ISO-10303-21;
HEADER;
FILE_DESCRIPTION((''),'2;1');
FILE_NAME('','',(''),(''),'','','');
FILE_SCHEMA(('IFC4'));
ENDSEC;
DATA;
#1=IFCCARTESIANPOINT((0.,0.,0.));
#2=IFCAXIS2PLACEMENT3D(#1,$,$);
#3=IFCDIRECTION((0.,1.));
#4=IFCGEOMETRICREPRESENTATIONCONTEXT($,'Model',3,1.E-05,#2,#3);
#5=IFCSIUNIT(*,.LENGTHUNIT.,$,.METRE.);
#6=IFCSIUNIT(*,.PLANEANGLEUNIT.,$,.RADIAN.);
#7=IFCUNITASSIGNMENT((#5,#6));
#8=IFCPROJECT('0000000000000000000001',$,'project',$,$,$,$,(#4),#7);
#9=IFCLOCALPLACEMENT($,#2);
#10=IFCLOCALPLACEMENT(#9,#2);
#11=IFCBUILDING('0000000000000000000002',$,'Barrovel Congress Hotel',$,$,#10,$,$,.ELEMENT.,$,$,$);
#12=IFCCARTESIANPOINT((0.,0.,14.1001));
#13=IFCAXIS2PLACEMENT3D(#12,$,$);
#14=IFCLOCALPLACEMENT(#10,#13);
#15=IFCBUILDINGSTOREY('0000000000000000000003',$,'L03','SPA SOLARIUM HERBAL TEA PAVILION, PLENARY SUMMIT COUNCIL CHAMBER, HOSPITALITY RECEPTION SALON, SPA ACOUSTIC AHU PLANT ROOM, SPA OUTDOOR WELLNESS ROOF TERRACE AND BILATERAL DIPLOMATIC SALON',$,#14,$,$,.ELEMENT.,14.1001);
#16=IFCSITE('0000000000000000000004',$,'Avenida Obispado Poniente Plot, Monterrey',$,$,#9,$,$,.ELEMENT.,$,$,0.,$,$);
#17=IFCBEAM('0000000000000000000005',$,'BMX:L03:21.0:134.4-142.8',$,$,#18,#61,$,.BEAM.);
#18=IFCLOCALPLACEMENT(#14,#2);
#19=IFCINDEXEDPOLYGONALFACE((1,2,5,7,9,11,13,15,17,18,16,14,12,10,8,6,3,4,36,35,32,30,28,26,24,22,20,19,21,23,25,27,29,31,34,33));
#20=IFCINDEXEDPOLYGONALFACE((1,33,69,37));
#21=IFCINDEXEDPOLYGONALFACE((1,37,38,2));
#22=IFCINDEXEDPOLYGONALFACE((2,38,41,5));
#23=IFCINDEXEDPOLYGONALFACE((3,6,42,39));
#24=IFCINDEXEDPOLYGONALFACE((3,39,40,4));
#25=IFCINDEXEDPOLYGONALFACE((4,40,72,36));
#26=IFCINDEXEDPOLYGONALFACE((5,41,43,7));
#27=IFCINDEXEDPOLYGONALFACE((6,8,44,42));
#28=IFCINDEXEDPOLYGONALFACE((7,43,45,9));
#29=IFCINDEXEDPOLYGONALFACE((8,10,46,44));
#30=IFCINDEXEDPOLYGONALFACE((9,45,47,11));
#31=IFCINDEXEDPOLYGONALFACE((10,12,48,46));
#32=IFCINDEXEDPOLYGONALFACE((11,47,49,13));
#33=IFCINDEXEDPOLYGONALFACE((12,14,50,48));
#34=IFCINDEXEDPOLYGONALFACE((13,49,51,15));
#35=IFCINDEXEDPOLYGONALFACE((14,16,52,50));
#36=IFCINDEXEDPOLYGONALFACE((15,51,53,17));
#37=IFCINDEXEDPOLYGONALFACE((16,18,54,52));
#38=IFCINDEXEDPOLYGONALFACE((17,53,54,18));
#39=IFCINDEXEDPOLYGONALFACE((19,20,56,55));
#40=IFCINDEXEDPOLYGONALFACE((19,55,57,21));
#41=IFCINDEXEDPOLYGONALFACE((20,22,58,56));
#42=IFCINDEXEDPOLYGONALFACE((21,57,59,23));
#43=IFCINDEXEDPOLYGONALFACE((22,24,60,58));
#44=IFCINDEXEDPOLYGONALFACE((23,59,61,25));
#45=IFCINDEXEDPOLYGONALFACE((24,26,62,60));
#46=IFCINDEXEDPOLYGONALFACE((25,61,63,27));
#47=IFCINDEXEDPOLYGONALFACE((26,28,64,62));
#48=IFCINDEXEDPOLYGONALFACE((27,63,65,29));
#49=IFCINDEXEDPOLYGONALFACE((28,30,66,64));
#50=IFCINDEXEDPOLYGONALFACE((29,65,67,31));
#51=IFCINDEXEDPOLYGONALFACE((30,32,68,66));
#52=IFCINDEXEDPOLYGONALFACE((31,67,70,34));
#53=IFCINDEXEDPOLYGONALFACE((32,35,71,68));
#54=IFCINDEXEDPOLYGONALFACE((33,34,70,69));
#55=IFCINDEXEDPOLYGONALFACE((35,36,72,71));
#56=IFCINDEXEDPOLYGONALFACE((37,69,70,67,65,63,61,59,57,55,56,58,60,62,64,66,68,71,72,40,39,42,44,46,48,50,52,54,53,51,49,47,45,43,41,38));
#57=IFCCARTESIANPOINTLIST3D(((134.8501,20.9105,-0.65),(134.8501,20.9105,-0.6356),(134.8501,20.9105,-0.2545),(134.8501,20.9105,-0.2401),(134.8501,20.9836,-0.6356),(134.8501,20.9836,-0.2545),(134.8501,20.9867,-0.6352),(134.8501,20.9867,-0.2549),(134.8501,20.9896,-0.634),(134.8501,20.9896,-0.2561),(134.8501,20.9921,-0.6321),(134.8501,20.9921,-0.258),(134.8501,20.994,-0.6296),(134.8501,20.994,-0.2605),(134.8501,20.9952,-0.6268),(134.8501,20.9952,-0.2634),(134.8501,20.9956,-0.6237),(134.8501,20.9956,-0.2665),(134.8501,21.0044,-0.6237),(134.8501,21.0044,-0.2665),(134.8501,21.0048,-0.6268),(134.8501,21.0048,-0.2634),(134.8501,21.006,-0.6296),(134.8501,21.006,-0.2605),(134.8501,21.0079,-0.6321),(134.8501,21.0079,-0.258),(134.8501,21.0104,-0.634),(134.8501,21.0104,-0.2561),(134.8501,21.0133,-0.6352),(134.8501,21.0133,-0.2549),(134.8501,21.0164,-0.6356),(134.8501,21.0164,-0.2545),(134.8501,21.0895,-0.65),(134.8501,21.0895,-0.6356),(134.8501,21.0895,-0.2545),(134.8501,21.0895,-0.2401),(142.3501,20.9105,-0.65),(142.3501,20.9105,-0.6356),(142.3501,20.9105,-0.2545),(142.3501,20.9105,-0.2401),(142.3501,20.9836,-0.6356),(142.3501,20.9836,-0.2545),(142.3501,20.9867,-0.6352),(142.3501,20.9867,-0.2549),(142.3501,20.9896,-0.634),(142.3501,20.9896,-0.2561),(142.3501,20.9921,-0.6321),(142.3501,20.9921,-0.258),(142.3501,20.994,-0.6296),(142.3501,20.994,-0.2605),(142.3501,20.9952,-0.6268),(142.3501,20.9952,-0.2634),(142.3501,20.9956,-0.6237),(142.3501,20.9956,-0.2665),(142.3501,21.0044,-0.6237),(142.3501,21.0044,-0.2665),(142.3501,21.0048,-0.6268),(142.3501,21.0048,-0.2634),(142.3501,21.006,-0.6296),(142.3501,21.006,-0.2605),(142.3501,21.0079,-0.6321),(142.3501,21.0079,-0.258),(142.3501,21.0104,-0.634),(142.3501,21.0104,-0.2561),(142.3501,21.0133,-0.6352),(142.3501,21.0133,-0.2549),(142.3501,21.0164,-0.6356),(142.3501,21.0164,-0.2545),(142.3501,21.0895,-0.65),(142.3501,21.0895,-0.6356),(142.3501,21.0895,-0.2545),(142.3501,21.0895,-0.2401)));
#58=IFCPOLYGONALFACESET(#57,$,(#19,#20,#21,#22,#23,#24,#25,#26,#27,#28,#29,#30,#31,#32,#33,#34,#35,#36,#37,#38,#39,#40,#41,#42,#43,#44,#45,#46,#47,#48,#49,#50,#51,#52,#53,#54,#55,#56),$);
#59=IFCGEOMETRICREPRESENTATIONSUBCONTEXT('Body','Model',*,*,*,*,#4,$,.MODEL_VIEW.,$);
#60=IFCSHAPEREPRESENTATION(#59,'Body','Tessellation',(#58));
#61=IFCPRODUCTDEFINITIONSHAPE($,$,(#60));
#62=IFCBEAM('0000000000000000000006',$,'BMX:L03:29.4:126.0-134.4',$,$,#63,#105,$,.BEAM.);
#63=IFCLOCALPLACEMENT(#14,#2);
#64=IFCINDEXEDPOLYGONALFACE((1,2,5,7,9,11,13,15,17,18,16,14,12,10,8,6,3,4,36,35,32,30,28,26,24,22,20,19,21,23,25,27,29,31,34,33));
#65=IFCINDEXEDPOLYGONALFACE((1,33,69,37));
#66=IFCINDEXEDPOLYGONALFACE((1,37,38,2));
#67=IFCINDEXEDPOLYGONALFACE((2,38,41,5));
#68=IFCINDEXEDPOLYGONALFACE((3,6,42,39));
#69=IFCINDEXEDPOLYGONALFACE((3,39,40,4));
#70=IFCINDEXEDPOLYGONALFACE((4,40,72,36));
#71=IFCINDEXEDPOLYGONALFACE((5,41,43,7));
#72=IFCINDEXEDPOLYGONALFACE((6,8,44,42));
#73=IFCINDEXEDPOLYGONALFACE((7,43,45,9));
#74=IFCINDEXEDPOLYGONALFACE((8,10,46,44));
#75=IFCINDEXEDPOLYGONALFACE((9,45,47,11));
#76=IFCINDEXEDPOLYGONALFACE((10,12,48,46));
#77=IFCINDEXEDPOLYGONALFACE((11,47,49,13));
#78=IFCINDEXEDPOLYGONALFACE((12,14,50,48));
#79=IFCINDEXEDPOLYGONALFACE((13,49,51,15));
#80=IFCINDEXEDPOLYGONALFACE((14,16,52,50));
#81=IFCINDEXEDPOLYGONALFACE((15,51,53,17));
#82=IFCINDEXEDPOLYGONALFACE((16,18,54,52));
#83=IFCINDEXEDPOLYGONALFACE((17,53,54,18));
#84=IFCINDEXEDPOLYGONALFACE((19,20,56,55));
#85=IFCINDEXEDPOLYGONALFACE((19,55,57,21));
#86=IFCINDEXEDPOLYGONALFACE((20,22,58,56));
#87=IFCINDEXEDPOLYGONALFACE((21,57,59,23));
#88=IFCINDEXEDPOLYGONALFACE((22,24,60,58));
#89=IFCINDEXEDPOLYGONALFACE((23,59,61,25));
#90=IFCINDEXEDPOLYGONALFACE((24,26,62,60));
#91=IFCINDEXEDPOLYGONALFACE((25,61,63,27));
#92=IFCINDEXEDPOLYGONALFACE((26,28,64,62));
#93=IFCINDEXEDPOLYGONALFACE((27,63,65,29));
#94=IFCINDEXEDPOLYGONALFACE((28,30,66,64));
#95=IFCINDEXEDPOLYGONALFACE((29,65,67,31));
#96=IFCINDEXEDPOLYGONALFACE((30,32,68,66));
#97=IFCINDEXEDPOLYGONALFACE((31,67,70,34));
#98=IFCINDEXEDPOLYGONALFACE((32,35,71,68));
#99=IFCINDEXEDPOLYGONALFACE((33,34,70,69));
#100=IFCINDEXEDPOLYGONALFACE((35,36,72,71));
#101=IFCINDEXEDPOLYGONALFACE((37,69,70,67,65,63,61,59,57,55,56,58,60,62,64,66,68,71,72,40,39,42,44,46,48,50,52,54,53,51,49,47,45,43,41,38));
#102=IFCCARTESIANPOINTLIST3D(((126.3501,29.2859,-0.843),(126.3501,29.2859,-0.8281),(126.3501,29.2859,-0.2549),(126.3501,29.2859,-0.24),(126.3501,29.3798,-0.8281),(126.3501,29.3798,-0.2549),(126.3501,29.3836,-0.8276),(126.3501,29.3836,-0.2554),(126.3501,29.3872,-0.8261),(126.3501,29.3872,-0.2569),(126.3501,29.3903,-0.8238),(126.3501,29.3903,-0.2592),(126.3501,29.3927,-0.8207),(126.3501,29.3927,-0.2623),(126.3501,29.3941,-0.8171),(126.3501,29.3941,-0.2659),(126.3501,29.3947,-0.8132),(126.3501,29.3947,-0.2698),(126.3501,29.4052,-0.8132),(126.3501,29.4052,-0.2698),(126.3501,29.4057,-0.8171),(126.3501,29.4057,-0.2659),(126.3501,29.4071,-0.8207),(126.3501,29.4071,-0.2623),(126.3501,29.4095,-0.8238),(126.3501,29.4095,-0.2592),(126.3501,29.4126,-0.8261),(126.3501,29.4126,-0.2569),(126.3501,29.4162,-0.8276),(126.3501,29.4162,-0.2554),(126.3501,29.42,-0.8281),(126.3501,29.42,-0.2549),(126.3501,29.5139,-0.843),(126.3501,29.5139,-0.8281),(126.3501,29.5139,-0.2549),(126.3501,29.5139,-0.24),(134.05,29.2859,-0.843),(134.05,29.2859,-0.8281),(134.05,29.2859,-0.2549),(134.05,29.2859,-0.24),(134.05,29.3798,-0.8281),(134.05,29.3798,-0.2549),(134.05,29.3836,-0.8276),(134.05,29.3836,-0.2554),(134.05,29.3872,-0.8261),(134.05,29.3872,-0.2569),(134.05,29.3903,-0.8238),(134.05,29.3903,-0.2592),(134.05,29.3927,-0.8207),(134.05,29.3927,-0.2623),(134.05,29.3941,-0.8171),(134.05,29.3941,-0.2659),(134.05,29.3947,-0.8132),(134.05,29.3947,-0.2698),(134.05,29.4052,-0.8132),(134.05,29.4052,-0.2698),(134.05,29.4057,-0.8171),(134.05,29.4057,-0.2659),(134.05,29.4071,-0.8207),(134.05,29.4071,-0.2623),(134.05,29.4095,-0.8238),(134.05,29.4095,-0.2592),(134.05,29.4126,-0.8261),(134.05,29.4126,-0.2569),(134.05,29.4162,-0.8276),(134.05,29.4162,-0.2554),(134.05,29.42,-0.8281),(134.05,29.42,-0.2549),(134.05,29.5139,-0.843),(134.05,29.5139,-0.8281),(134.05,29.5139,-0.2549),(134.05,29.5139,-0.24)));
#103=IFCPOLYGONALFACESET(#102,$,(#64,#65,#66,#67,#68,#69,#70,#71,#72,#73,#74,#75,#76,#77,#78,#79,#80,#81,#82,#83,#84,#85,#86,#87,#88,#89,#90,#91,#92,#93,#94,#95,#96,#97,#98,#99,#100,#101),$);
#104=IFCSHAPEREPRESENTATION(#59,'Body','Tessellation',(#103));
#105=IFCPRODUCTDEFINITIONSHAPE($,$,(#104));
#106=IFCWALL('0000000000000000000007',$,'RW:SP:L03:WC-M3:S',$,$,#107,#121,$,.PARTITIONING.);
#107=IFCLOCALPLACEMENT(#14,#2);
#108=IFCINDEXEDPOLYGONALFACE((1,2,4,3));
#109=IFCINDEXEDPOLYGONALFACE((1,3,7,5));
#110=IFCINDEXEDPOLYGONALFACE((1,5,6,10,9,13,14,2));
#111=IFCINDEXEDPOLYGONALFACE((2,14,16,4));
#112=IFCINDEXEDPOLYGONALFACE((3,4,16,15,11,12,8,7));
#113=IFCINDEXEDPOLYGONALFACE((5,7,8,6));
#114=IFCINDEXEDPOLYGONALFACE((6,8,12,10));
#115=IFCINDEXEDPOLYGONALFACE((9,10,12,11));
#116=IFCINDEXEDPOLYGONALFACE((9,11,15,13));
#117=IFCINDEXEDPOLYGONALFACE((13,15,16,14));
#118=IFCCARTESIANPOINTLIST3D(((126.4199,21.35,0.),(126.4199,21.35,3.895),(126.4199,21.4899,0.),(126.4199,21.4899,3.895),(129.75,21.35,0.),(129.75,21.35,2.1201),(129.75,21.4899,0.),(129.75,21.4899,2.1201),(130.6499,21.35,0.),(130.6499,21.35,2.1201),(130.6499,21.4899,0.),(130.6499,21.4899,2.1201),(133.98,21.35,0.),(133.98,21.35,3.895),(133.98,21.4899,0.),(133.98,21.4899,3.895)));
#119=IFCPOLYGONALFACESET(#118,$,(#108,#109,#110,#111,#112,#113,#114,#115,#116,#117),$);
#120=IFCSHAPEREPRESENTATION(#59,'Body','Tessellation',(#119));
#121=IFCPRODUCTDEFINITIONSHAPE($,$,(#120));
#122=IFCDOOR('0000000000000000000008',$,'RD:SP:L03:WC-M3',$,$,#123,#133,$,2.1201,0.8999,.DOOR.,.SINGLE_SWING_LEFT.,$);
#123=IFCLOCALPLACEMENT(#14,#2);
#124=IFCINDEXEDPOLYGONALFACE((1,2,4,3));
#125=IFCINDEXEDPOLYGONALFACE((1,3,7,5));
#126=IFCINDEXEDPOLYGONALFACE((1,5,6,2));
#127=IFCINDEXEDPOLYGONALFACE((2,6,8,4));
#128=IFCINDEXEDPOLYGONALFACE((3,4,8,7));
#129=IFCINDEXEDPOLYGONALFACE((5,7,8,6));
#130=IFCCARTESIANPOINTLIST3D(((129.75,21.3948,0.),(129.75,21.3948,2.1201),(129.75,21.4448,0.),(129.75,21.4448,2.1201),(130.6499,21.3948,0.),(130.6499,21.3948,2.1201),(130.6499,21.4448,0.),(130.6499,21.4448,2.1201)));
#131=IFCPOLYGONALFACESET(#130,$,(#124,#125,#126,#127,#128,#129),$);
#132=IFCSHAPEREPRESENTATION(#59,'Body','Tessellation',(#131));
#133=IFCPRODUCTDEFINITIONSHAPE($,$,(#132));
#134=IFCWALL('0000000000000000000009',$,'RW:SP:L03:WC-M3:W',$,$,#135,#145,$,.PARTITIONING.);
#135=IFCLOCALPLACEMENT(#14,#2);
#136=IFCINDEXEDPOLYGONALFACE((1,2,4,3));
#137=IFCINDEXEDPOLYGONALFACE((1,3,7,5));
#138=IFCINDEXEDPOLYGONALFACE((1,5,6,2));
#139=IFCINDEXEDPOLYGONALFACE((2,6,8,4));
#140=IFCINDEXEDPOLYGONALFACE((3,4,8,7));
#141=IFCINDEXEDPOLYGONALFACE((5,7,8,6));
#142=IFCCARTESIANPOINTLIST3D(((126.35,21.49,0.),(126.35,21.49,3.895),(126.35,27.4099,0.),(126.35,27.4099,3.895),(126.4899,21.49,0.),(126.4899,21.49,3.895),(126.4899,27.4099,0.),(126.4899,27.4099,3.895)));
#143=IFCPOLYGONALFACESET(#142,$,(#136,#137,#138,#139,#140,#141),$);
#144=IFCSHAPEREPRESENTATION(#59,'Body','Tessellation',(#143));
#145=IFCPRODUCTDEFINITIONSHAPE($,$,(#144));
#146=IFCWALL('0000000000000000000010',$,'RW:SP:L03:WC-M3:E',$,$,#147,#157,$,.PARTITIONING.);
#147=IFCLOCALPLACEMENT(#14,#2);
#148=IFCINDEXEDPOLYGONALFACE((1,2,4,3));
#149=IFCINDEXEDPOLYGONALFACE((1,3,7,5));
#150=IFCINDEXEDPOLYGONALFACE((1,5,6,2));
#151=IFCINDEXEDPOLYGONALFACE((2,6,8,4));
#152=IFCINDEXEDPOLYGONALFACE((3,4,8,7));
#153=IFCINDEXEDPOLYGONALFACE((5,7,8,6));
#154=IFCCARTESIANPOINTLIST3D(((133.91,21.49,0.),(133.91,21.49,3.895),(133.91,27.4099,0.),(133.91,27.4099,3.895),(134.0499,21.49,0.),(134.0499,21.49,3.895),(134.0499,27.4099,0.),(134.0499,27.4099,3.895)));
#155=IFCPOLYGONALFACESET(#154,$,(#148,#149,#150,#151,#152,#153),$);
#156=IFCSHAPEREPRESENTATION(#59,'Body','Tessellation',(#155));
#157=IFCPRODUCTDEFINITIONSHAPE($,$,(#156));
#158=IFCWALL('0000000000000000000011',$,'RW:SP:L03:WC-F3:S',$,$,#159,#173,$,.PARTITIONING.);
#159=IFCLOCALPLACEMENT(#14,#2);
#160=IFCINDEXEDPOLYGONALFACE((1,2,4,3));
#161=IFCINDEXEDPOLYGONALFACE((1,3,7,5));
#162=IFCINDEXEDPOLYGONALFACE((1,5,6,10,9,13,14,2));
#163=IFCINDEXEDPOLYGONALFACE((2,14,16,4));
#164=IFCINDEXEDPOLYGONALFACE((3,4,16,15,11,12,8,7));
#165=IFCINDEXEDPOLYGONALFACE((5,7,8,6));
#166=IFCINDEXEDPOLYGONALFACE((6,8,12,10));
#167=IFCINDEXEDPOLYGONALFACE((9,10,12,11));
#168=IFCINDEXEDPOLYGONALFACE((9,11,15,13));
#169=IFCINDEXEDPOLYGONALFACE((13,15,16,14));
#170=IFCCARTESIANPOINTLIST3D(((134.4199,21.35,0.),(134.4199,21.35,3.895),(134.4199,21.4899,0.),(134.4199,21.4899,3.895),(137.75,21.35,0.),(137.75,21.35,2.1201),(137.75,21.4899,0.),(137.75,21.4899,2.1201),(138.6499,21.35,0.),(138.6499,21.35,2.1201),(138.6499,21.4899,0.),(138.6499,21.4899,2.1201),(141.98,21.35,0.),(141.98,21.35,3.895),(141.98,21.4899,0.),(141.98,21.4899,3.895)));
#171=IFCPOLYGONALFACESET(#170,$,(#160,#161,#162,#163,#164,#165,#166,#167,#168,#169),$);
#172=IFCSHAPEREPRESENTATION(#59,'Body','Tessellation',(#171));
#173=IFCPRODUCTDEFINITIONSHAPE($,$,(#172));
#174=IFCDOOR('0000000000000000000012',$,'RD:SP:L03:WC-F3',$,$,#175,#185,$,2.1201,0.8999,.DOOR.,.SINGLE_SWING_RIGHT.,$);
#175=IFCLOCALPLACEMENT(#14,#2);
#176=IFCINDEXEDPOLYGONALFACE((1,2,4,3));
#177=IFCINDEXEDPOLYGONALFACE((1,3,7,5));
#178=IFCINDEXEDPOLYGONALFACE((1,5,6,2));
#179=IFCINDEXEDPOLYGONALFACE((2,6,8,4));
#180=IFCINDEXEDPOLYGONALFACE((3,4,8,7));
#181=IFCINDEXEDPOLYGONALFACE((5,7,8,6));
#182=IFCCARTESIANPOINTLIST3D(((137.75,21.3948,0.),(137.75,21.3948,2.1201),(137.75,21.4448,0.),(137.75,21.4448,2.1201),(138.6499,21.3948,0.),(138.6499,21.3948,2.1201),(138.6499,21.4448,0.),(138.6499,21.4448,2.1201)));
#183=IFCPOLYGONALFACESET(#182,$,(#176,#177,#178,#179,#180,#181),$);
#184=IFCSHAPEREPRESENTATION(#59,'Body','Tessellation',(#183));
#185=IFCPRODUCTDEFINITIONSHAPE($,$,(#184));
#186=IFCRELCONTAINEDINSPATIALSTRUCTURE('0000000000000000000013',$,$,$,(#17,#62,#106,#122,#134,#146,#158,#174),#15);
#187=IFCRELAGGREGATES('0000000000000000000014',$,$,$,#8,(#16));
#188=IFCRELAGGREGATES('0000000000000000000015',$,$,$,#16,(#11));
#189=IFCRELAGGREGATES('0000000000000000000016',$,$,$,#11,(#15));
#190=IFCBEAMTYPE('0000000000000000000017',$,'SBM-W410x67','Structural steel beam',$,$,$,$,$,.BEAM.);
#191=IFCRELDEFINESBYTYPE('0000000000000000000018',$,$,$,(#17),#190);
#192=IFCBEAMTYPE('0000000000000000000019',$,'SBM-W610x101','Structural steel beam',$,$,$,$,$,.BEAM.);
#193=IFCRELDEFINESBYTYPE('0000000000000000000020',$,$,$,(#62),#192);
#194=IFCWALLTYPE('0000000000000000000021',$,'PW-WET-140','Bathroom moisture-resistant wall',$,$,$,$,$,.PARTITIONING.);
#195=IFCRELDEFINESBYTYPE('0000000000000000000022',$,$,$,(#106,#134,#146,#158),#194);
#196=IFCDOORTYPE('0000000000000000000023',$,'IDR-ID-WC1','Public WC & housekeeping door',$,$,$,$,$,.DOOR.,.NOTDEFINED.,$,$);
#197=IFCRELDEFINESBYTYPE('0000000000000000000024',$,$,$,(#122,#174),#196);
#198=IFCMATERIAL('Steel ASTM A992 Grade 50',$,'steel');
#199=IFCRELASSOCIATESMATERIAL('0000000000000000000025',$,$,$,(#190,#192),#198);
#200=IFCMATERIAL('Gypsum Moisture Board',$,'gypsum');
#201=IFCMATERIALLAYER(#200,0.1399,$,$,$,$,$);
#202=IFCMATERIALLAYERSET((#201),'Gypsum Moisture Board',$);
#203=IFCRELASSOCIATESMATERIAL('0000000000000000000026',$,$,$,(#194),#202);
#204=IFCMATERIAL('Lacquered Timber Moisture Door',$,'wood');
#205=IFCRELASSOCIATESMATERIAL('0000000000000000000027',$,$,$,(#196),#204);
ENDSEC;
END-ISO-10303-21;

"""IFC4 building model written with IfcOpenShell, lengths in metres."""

from ifc_helpers import new_model, si_unit, direction, frame, frame_2d, origin, origin_2d, place, context, subcontext, project, spatial, rectangle, i_section, extrude, material, layer, layer_set, material_profile, profile_set, type_object, element, fill, save


model = new_model("IFC4")

# Units and contexts
model_context = context("Model", 3, precision=1e-05, world=origin(), true_north=direction((0.0, 1.0)))
body_context = subcontext(model_context, "Body", "Model", "MODEL_VIEW")
ifc_project = project(units=[si_unit("LENGTHUNIT", "METRE"), si_unit("PLANEANGLEUNIT", "RADIAN")], contexts=[model_context])

# Site, building, storey
site_placement = place(None, origin())
site = spatial("IfcSite", under=ifc_project, at=site_placement, Name="Avenida Obispado Poniente Plot, Monterrey", CompositionType="ELEMENT", RefElevation=0.0)
building_placement = place(site_placement, origin())
building = spatial("IfcBuilding", under=site, at=building_placement, Name="Barrovel Congress Hotel", CompositionType="ELEMENT")
storey_placement = place(building_placement, frame((0.0, 0.0, 14.1001)))
storey = spatial("IfcBuildingStorey", under=building, at=storey_placement, Name="L03", Description="SPA SOLARIUM HERBAL TEA PAVILION, PLENARY SUMMIT COUNCIL CHAMBER, HOSPITALITY RECEPTION SALON, SPA ACOUSTIC AHU PLANT ROOM, SPA OUTDOOR WELLNESS ROOF TERRACE AND BILATERAL DIPLOMATIC SALON", CompositionType="ELEMENT", Elevation=14.1001)

# Beams
ifc_material_1 = material(Name="Steel ASTM A992 Grade 50", Category="steel")
ifc_material_profile_1 = material_profile(ifc_material_1, i_section(OverallWidth=0.179, OverallDepth=0.4099, WebThickness=0.0088, FlangeThickness=0.0144, FilletRadius=0.012, at=origin_2d()), Name="W410x67")
ifc_profile_set_1 = profile_set([ifc_material_profile_1], Name="Steel ASTM A992 Grade 50")
beam_type_1 = type_object("IfcBeamType", Name="SBM-W410x67", Description="Structural steel beam", PredefinedType="BEAM", material=ifc_profile_set_1)
beam_1_placement = place(storey_placement, frame((134.8501, 21.0, -0.4451), z_axis=(1.0, 0.0, 0.0), x_axis=(0.0, 1.0, 0.0)))
element("IfcBeam", 1, at=beam_1_placement, inside=storey, type_object=beam_type_1, Name="BMX:L03:21.0:134.4-142.8", PredefinedType="BEAM", context=body_context, shape_type="SweptSolid", body=[
    extrude(i_section(OverallWidth=0.179, OverallDepth=0.4099, WebThickness=0.0088, FlangeThickness=0.0144, FilletRadius=0.012, at=origin_2d()), origin(), (0.0, 0.0, 1.0), 7.5),
])
ifc_material_profile_2 = material_profile(ifc_material_1, i_section(OverallWidth=0.228, OverallDepth=0.603, WebThickness=0.0105, FlangeThickness=0.0149, FilletRadius=0.0149, at=origin_2d()), Name="W610x101")
ifc_profile_set_2 = profile_set([ifc_material_profile_2], Name="Steel ASTM A992 Grade 50")
beam_type_2 = type_object("IfcBeamType", Name="SBM-W610x101", Description="Structural steel beam", PredefinedType="BEAM", material=ifc_profile_set_2)
beam_2_placement = place(storey_placement, frame((126.3501, 29.3999, -0.5415), z_axis=(1.0, 0.0, 0.0), x_axis=(0.0, 1.0, 0.0)))
element("IfcBeam", 2, at=beam_2_placement, inside=storey, type_object=beam_type_2, Name="BMX:L03:29.4:126.0-134.4", PredefinedType="BEAM", context=body_context, shape_type="SweptSolid", body=[
    extrude(i_section(OverallWidth=0.228, OverallDepth=0.603, WebThickness=0.0105, FlangeThickness=0.0149, FilletRadius=0.0149, at=origin_2d()), origin(), (0.0, 0.0, 1.0), 7.7),
])

# Wall, opening, door
ifc_material_2 = material(Name="Gypsum Moisture Board", Category="gypsum")
ifc_layer = layer(ifc_material_2, 0.1399)
ifc_layer_set = layer_set([ifc_layer], Name="Gypsum Moisture Board")
wall_type = type_object("IfcWallType", Name="PW-WET-140", Description="Bathroom moisture-resistant wall", PredefinedType="PARTITIONING", material=ifc_layer_set)
wall_1_placement = place(storey_placement, frame((126.4199, 21.4199, 0.0), z_axis=(0.0, 0.0, 1.0), x_axis=(1.0, 0.0, 0.0)))
wall_1 = element("IfcWall", 3, at=wall_1_placement, inside=storey, type_object=wall_type, Name="RW:SP:L03:WC-M3:S", PredefinedType="PARTITIONING", context=body_context, shape_type="SweptSolid", body=[
    extrude(rectangle(XDim=7.5601, YDim=0.1399, at=frame_2d((3.78, 0.0))), origin(), (0.0, 0.0, 1.0), 3.895),
])
opening_1_placement = place(wall_1_placement, frame((3.3301, 0.0, 0.0)))
opening_1 = element("IfcOpeningElement", 4, at=opening_1_placement, cuts=wall_1, PredefinedType="OPENING", context=body_context, shape_type="SweptSolid", body=[
    extrude(rectangle(XDim=0.8999, YDim=2.1201, at=frame_2d((0.45, 1.0601))), frame((0.0, 0.0801, 0.0), z_axis=(0.0, -1.0, 0.0), x_axis=(1.0, 0.0, 0.0)), (0.0, 0.0, 1.0), 0.1599),
])
ifc_material_3 = material(Name="Lacquered Timber Moisture Door", Category="wood")
door_type = type_object("IfcDoorType", Name="IDR-ID-WC1", Description="Public WC & housekeeping door", OperationType="NOTDEFINED", PredefinedType="DOOR", material=ifc_material_3)
door_1_placement = place(opening_1_placement, origin())
door_1 = element("IfcDoor", 5, at=door_1_placement, inside=storey, type_object=door_type, Name="RD:SP:L03:WC-M3", OperationType="SINGLE_SWING_LEFT", OverallHeight=2.1201, OverallWidth=0.8999, PredefinedType="DOOR", context=body_context, shape_type="SweptSolid", body=[
    extrude(rectangle(XDim=0.8999, YDim=2.1201, at=frame_2d((0.45, 1.0601))), frame((0.0, 0.0249, 0.0), z_axis=(0.0, -1.0, 0.0), x_axis=(1.0, 0.0, 0.0)), (0.0, 0.0, 1.0), 0.05),
])
fill(opening_1, door_1)

# Walls
for number, where, z_axis, x_axis, name in (
    (6, (126.4199, 21.49, 0.0), (0.0, 0.0, 1.0), (0.0, 1.0, 0.0), "RW:SP:L03:WC-M3:W"),
    (7, (133.98, 21.49, 0.0), (0.0, 0.0, 1.0), (0.0, 1.0, 0.0), "RW:SP:L03:WC-M3:E"),
):
    element("IfcWall", number, at=place(storey_placement, frame(where, z_axis=z_axis, x_axis=x_axis)), inside=storey, type_object=wall_type, Name=name, PredefinedType="PARTITIONING", context=body_context, shape_type="SweptSolid", body=[
        extrude(rectangle(XDim=5.9199, YDim=0.1399, at=frame_2d((2.96, 0.0))), origin(), (0.0, 0.0, 1.0), 3.895),
    ])

# Wall, opening, door
wall_2_placement = place(storey_placement, frame((134.4199, 21.4199, 0.0), z_axis=(0.0, 0.0, 1.0), x_axis=(1.0, 0.0, 0.0)))
wall_2 = element("IfcWall", 8, at=wall_2_placement, inside=storey, type_object=wall_type, Name="RW:SP:L03:WC-F3:S", PredefinedType="PARTITIONING", context=body_context, shape_type="SweptSolid", body=[
    extrude(rectangle(XDim=7.5601, YDim=0.1399, at=frame_2d((3.78, 0.0))), origin(), (0.0, 0.0, 1.0), 3.895),
])
opening_2_placement = place(wall_2_placement, frame((3.3301, 0.0, 0.0)))
opening_2 = element("IfcOpeningElement", 9, at=opening_2_placement, cuts=wall_2, PredefinedType="OPENING", context=body_context, shape_type="SweptSolid", body=[
    extrude(rectangle(XDim=0.8999, YDim=2.1201, at=frame_2d((0.45, 1.0601))), frame((0.0, 0.0801, 0.0), z_axis=(0.0, -1.0, 0.0), x_axis=(1.0, 0.0, 0.0)), (0.0, 0.0, 1.0), 0.1599),
])
door_2_placement = place(opening_2_placement, origin())
door_2 = element("IfcDoor", 10, at=door_2_placement, inside=storey, type_object=door_type, Name="RD:SP:L03:WC-F3", OperationType="SINGLE_SWING_RIGHT", OverallHeight=2.1201, OverallWidth=0.8999, PredefinedType="DOOR", context=body_context, shape_type="SweptSolid", body=[
    extrude(rectangle(XDim=0.8999, YDim=2.1201, at=frame_2d((0.45, 1.0601))), frame((0.0, 0.0249, 0.0), z_axis=(0.0, -1.0, 0.0), x_axis=(1.0, 0.0, 0.0)), (0.0, 0.0, 1.0), 0.05),
])
fill(opening_2, door_2)

save(model, "model.ifc")
